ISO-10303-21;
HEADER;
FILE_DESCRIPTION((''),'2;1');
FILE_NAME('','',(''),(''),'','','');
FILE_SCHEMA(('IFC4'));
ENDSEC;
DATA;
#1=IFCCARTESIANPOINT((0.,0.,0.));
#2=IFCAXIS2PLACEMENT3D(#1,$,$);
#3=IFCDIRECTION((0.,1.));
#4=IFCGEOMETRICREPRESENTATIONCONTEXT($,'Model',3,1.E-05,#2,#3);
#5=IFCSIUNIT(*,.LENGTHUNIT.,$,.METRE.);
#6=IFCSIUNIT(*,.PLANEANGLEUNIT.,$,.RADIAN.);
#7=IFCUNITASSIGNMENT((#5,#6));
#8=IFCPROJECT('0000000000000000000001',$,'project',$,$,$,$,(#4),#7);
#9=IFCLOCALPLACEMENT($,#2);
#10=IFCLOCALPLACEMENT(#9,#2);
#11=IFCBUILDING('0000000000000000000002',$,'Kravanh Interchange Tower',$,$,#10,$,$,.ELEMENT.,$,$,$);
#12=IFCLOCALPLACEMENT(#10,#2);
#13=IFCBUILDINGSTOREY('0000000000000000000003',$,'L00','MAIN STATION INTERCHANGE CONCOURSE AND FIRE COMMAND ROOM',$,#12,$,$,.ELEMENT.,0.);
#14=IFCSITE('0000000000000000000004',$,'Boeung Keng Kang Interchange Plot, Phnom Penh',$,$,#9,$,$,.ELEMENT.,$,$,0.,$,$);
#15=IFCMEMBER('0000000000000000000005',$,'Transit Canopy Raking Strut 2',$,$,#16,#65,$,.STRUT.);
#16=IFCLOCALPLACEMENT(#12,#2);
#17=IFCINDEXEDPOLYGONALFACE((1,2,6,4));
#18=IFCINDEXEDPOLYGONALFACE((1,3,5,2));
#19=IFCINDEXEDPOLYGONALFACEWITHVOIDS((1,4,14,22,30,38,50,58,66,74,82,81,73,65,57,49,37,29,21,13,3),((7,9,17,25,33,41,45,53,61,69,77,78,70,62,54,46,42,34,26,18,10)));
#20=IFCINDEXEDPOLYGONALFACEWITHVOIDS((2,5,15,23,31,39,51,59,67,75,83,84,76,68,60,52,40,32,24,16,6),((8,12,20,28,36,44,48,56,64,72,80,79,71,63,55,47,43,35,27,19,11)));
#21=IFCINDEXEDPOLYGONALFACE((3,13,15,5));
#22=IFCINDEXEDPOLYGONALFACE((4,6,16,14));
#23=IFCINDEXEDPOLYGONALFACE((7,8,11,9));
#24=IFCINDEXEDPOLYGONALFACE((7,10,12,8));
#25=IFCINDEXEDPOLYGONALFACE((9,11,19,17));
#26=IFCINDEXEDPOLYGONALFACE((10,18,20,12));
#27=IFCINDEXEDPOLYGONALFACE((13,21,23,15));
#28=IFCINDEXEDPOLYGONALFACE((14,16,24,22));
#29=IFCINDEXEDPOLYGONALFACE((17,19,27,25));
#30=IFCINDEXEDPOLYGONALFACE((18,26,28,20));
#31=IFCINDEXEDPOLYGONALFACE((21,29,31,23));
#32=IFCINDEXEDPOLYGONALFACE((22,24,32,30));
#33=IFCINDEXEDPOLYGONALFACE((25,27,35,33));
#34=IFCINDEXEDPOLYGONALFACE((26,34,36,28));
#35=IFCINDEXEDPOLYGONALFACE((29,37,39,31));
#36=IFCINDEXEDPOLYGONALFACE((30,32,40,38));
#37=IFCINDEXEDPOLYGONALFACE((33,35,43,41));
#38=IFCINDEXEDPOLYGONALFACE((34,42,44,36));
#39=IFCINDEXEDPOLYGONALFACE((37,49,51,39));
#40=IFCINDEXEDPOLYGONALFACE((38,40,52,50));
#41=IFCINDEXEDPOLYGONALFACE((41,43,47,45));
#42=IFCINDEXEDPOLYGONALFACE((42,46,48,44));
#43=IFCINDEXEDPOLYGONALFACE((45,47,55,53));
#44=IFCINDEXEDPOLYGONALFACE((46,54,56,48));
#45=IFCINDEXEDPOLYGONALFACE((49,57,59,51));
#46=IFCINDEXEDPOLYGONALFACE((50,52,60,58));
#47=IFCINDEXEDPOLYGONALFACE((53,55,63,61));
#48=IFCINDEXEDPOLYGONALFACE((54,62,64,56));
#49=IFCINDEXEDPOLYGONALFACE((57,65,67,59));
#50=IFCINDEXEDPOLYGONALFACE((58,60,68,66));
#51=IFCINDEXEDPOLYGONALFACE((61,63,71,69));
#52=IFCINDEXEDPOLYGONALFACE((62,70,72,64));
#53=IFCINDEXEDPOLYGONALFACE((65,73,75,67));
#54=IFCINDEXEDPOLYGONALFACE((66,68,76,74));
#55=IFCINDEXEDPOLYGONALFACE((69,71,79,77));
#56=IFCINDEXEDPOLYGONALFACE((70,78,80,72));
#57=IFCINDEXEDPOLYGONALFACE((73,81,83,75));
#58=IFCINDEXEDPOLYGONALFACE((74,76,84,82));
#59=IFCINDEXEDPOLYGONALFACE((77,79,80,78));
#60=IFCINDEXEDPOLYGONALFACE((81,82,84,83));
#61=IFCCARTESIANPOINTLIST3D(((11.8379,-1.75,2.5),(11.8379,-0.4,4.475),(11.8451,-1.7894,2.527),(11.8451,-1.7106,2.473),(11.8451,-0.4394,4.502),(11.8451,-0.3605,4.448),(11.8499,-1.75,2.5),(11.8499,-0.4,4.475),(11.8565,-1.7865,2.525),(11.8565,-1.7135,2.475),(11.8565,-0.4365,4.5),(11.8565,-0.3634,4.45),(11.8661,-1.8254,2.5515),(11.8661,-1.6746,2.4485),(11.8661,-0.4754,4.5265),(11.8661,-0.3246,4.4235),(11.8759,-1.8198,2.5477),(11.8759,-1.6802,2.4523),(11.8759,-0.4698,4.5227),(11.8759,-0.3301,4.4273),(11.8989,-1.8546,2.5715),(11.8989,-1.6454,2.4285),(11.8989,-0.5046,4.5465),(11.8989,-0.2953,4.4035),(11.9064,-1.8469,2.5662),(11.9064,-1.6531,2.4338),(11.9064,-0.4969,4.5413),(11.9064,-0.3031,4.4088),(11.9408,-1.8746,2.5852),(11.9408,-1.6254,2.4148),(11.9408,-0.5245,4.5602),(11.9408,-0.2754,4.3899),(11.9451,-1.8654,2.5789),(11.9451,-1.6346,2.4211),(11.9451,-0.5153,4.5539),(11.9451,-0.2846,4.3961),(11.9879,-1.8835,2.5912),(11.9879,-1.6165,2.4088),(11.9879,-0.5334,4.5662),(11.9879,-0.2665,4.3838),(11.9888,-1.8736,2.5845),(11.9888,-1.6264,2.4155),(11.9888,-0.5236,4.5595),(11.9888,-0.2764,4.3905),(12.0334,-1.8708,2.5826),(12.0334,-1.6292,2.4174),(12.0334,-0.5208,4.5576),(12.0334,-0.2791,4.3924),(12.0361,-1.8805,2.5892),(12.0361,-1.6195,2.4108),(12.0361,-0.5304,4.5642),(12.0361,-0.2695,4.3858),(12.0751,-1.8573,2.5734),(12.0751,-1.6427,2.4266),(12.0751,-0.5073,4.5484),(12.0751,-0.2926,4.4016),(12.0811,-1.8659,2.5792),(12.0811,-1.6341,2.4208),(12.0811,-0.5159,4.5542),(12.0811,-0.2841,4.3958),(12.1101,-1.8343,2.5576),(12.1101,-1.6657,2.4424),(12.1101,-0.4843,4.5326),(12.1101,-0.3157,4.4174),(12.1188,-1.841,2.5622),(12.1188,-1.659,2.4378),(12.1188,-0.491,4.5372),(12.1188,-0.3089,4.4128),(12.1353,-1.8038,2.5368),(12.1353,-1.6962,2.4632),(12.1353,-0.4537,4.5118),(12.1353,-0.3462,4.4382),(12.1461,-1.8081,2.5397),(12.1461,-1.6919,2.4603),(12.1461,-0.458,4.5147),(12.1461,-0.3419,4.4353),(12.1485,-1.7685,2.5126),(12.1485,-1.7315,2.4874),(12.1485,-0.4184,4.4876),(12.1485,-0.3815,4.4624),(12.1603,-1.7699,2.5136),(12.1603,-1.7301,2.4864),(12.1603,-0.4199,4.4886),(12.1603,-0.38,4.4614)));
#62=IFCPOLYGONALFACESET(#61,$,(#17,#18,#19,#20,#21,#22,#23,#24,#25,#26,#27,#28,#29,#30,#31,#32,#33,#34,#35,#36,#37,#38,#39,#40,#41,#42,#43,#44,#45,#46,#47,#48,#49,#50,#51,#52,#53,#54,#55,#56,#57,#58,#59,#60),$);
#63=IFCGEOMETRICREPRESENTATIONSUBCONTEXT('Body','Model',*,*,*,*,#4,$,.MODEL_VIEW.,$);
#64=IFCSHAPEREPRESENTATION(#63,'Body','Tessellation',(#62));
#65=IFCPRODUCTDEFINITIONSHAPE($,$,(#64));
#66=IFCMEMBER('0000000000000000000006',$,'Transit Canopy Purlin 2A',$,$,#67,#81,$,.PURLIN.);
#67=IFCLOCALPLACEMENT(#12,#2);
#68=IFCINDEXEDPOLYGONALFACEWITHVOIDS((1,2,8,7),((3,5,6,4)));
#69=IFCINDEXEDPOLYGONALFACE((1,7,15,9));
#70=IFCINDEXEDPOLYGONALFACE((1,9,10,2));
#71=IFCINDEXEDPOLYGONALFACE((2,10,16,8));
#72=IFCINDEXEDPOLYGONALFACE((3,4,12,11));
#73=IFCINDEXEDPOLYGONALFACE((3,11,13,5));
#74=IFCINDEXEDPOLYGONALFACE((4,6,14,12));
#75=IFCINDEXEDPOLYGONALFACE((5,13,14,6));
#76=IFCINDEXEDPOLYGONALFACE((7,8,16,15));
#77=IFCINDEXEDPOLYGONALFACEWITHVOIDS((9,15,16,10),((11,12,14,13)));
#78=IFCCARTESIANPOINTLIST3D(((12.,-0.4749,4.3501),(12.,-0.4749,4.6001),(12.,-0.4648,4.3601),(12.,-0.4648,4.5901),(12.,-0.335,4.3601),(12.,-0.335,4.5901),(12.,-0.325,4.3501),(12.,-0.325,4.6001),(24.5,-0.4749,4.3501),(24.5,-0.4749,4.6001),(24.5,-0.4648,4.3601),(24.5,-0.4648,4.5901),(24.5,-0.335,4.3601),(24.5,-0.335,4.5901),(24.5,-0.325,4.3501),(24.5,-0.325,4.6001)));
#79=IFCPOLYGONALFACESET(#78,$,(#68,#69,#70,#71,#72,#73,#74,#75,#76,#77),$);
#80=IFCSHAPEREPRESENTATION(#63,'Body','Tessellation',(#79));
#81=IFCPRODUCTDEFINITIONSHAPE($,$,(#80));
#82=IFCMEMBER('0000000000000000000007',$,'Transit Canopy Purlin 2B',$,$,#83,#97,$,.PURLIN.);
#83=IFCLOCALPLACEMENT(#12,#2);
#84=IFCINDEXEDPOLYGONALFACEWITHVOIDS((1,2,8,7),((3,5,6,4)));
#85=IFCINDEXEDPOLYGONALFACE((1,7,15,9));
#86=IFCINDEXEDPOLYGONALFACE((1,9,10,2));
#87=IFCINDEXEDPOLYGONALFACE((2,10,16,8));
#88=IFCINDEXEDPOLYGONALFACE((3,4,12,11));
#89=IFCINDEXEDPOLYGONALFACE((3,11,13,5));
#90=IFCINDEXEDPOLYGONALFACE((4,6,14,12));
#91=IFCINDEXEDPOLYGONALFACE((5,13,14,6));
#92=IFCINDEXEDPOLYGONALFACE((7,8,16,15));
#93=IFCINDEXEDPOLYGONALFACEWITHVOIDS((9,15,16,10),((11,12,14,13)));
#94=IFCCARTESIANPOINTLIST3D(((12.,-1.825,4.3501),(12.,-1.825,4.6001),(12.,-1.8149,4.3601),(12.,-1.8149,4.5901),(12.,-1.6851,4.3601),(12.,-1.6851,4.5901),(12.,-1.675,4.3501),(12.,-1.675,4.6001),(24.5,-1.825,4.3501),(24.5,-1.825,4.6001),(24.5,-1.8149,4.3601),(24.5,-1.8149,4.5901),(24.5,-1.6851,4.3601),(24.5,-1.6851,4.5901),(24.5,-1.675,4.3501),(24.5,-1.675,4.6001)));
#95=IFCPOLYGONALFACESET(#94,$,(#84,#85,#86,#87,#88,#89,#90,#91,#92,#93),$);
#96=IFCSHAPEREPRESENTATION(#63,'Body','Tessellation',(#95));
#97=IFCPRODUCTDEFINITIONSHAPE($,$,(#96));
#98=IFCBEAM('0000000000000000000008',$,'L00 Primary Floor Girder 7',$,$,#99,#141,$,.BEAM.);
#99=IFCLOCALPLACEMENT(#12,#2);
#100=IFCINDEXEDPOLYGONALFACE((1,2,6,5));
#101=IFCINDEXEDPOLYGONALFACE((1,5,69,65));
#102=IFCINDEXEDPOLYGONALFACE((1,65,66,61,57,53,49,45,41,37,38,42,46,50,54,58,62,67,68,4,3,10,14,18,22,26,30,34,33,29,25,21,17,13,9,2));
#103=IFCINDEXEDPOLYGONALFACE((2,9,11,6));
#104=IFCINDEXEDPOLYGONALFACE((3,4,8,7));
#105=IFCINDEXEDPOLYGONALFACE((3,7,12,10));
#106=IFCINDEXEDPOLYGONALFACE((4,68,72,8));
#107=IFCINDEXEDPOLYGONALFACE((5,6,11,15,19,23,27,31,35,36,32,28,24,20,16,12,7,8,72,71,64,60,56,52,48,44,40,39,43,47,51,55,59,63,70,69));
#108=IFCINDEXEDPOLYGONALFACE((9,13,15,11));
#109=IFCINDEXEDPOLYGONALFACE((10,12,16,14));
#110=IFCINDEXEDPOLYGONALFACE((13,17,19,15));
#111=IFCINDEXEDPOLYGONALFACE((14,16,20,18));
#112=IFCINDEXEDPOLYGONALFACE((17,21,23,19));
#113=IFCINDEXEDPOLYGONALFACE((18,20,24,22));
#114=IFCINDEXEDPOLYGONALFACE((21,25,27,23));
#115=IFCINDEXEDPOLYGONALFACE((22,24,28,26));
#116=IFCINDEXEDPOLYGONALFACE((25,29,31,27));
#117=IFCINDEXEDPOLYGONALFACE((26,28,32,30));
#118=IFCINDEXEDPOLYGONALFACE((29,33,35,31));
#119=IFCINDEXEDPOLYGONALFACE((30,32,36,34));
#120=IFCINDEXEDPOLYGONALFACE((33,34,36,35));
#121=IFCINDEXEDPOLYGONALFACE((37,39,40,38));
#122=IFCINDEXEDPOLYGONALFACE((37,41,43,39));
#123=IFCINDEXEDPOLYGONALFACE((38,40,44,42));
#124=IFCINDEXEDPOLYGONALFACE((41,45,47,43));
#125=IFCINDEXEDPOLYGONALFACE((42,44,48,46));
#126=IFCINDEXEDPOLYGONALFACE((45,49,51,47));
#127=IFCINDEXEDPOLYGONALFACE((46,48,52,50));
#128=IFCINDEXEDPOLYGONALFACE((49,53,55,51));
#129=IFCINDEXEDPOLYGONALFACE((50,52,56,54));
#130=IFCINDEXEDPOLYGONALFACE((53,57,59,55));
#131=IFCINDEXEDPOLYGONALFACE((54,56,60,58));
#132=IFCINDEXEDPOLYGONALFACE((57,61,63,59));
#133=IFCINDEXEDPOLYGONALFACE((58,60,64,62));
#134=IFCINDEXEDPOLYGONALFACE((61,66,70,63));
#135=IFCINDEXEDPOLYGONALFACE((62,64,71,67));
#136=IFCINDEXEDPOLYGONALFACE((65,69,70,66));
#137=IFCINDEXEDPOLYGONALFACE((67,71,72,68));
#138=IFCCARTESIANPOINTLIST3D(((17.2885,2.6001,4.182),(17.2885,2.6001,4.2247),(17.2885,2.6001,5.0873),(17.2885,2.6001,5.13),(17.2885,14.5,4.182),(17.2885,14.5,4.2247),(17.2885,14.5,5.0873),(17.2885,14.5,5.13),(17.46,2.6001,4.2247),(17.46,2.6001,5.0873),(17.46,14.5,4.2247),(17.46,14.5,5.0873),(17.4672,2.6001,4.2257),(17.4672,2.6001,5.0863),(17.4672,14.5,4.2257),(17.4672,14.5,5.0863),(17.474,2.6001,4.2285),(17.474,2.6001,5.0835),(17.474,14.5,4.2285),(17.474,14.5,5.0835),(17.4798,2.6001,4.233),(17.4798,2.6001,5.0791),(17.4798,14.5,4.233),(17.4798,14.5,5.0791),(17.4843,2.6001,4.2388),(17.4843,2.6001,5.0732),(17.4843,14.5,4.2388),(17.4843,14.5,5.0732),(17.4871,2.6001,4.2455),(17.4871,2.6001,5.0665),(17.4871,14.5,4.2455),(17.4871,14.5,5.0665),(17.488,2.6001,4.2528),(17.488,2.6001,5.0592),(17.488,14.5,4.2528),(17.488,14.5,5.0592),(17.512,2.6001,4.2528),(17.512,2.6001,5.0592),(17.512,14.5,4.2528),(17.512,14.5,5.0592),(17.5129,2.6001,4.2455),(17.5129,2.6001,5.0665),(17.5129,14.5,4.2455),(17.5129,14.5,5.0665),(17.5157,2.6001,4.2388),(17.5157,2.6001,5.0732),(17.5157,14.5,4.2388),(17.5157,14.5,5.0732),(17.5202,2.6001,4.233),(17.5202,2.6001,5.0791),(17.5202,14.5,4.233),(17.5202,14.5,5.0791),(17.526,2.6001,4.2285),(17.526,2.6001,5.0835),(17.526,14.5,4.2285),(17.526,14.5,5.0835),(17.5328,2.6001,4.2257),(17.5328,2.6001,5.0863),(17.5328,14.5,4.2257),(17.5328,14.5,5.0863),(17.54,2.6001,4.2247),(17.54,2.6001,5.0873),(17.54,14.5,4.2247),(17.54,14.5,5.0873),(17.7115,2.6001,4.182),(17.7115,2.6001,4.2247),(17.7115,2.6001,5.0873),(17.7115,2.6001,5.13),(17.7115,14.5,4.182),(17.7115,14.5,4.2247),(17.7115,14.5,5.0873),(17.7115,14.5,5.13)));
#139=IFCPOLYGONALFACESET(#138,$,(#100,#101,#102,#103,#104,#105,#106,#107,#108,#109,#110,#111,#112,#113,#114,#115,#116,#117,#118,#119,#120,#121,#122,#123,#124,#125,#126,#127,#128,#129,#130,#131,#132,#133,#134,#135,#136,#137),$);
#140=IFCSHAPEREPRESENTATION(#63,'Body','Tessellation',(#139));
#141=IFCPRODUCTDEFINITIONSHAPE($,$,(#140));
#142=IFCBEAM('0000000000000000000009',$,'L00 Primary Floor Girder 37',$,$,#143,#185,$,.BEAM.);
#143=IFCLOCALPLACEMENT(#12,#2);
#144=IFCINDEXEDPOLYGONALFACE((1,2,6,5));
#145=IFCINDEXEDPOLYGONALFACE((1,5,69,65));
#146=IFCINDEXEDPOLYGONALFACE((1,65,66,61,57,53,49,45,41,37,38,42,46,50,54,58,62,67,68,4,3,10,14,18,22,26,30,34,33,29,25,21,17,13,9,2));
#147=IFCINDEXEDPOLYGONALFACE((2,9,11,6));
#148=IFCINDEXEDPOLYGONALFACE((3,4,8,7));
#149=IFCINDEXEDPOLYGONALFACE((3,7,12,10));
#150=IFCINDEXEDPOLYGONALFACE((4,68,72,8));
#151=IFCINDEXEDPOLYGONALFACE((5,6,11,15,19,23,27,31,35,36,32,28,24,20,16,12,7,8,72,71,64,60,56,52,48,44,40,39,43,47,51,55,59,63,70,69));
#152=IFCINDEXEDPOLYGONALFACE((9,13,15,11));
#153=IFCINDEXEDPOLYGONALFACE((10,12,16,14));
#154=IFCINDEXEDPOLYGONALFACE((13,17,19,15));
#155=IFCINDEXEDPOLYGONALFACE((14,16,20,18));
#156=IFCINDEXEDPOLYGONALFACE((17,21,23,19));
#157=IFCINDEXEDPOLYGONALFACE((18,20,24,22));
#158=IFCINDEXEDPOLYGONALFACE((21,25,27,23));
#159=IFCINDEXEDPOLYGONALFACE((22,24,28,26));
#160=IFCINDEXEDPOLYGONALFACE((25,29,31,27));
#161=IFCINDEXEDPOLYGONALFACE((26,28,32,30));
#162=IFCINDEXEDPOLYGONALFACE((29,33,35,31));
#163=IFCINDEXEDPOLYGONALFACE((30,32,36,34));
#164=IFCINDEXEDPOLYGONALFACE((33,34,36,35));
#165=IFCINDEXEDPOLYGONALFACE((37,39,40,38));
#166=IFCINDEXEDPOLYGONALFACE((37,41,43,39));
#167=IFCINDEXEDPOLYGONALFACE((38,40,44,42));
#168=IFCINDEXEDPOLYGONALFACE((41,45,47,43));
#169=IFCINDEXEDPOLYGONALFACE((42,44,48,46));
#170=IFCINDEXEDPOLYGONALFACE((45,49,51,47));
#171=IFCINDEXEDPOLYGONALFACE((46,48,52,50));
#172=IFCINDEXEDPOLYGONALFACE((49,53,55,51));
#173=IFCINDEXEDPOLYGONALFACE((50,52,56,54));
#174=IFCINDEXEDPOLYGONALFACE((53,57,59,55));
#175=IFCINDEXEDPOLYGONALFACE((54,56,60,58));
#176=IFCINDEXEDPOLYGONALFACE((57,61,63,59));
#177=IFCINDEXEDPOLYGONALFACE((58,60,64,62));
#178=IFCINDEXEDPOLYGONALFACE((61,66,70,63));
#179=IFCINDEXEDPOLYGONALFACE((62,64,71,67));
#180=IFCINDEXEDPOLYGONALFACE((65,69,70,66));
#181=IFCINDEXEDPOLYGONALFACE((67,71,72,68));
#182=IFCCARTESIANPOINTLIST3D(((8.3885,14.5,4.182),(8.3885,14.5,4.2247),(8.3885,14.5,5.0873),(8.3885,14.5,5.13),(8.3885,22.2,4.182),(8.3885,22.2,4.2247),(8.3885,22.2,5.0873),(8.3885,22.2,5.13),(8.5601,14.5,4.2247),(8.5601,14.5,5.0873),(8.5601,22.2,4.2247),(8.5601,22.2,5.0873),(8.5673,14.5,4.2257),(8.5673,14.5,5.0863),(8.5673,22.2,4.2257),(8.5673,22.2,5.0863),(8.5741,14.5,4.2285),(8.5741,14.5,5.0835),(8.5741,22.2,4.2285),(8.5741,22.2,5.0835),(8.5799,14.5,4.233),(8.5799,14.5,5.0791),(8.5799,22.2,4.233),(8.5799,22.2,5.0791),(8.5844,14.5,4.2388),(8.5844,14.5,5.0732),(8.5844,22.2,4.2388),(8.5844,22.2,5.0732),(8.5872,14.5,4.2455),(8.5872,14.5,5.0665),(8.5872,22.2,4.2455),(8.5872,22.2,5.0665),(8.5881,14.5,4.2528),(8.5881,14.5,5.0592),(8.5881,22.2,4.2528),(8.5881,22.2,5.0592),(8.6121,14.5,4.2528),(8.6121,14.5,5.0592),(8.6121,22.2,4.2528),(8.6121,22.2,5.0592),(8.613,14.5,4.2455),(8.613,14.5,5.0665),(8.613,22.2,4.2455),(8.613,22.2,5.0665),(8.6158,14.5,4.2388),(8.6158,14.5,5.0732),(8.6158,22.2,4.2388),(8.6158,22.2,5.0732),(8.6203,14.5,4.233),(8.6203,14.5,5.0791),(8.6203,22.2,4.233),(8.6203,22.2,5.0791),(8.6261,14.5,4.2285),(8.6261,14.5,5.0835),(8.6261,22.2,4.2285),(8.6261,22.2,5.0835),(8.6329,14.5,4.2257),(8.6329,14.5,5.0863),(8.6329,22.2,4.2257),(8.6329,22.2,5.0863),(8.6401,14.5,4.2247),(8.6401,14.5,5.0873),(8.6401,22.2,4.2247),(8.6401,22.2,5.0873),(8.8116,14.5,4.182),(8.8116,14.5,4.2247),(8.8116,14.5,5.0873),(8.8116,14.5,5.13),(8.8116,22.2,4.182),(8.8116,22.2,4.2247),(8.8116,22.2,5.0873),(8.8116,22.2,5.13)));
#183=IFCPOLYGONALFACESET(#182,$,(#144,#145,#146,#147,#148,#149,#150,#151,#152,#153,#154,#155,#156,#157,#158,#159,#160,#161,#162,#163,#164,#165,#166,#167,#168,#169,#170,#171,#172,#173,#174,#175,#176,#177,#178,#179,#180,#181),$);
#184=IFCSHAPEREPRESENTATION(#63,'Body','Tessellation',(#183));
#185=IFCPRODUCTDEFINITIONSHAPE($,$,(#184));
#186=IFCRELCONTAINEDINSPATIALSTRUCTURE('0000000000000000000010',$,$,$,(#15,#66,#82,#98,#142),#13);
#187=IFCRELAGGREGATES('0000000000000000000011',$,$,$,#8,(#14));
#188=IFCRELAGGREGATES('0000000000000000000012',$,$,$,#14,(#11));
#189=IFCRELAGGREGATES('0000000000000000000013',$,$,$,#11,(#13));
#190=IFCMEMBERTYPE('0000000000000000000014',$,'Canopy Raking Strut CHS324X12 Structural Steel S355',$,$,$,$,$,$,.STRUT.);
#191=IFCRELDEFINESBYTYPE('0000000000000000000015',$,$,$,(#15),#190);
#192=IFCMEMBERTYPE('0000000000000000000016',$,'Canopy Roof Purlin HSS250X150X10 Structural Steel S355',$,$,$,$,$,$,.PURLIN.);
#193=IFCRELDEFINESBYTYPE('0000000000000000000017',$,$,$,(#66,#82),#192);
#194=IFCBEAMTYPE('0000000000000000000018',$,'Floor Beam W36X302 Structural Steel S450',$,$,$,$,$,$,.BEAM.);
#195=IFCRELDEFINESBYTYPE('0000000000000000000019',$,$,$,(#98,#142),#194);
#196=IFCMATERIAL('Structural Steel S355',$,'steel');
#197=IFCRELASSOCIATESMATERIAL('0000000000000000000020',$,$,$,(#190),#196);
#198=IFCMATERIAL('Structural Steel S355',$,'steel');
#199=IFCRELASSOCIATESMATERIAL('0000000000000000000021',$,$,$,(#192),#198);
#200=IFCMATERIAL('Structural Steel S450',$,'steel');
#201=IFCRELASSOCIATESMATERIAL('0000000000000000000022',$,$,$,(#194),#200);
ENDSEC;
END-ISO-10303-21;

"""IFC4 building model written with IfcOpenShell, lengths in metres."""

from ifc_helpers import new_model, si_unit, direction, frame, origin, origin_2d, place, context, subcontext, project, spatial, hollow_rectangle, hollow_circle, i_section, extrude, material, material_profile, profile_set, type_object, element, save


model = new_model("IFC4")

# Units and contexts
model_context = context("Model", 3, precision=1e-05, world=origin(), true_north=direction((0.0, 1.0)))
body_context = subcontext(model_context, "Body", "Model", "MODEL_VIEW")
ifc_project = project(units=[si_unit("LENGTHUNIT", "METRE"), si_unit("PLANEANGLEUNIT", "RADIAN")], contexts=[model_context])

# Site, building, storey
site_placement = place(None, origin())
site = spatial("IfcSite", under=ifc_project, at=site_placement, Name="Boeung Keng Kang Interchange Plot, Phnom Penh", CompositionType="ELEMENT", RefElevation=0.0)
building_placement = place(site_placement, origin())
building = spatial("IfcBuilding", under=site, at=building_placement, Name="Kravanh Interchange Tower", CompositionType="ELEMENT")
storey_placement = place(building_placement, origin())
storey = spatial("IfcBuildingStorey", under=building, at=storey_placement, Name="L00", Description="MAIN STATION INTERCHANGE CONCOURSE AND FIRE COMMAND ROOM", CompositionType="ELEMENT", Elevation=0.0)

# Members
ifc_material_1 = material(Name="Structural Steel S355", Category="steel")
ifc_material_profile_1 = material_profile(ifc_material_1, hollow_circle(Radius=0.1621, WallThickness=0.012, at=origin_2d()), Name="CHS324X12")
ifc_profile_set_1 = profile_set([ifc_material_profile_1], Name="Structural Steel S355")
member_type_1 = type_object("IfcMemberType", Name="Canopy Raking Strut CHS324X12 Structural Steel S355", PredefinedType="STRUT", material=ifc_profile_set_1)
member_placement = place(storey_placement, frame((12.0, -1.75, 2.5), z_axis=(0.0, 0.564318, 0.825557), x_axis=(-1.0, 0.0, 0.0)))
element("IfcMember", 1, at=member_placement, inside=storey, type_object=member_type_1, Name="Transit Canopy Raking Strut 2", PredefinedType="STRUT", context=body_context, shape_type="SweptSolid", body=[
    extrude(hollow_circle(Radius=0.1621, WallThickness=0.012, at=origin_2d()), origin(), (0.0, 0.0, 1.0), 2.3923),
])
ifc_material_2 = material(Name="Structural Steel S355", Category="steel")
ifc_material_profile_2 = material_profile(ifc_material_2, hollow_rectangle(XDim=0.1499, YDim=0.25, WallThickness=0.01, at=origin_2d()), Name="HSS250X150X10")
ifc_profile_set_2 = profile_set([ifc_material_profile_2], Name="Structural Steel S355")
member_type_2 = type_object("IfcMemberType", Name="Canopy Roof Purlin HSS250X150X10 Structural Steel S355", PredefinedType="PURLIN", material=ifc_profile_set_2)
for number, where, z_axis, x_axis, name in (
    (2, (12.0, -0.3999, 4.4751), (1.0, 0.0, 0.0), (0.0, 1.0, 0.0), "Transit Canopy Purlin 2A"),
    (3, (12.0, -1.75, 4.4751), (1.0, 0.0, 0.0), (0.0, 1.0, 0.0), "Transit Canopy Purlin 2B"),
):
    element("IfcMember", number, at=place(storey_placement, frame(where, z_axis=z_axis, x_axis=x_axis)), inside=storey, type_object=member_type_2, Name=name, PredefinedType="PURLIN", context=body_context, shape_type="SweptSolid", body=[
        extrude(hollow_rectangle(XDim=0.1499, YDim=0.25, WallThickness=0.01, at=origin_2d()), origin(), (0.0, 0.0, 1.0), 12.5),
    ])

# Beams
ifc_material_3 = material(Name="Structural Steel S450", Category="steel")
ifc_material_profile_3 = material_profile(ifc_material_3, i_section(OverallWidth=0.4231, OverallDepth=0.948, WebThickness=0.0239, FlangeThickness=0.0427, FilletRadius=0.0281, at=origin_2d()), Name="W36X302")
ifc_profile_set_3 = profile_set([ifc_material_profile_3], Name="Structural Steel S450")
beam_type_1 = type_object("IfcBeamType", Name="Floor Beam W36X302 Structural Steel S450", PredefinedType="BEAM", material=ifc_profile_set_3)
beam_1_placement = place(storey_placement, frame((17.5, 2.6001, 4.656), z_axis=(0.0, 1.0, 0.0), x_axis=(-1.0, 0.0, 0.0)))
element("IfcBeam", 4, at=beam_1_placement, inside=storey, type_object=beam_type_1, Name="L00 Primary Floor Girder 7", PredefinedType="BEAM", context=body_context, shape_type="SweptSolid", body=[
    extrude(i_section(OverallWidth=0.4231, OverallDepth=0.948, WebThickness=0.0239, FlangeThickness=0.0427, FilletRadius=0.0281, at=origin_2d()), origin(), (0.0, 0.0, 1.0), 11.8999),
])
beam_2_placement = place(storey_placement, frame((8.6001, 14.5, 4.656), z_axis=(0.0, 1.0, 0.0), x_axis=(-1.0, 0.0, 0.0)))
element("IfcBeam", 5, at=beam_2_placement, inside=storey, type_object=beam_type_1, Name="L00 Primary Floor Girder 37", PredefinedType="BEAM", context=body_context, shape_type="SweptSolid", body=[
    extrude(i_section(OverallWidth=0.4231, OverallDepth=0.948, WebThickness=0.0239, FlangeThickness=0.0427, FilletRadius=0.0281, at=origin_2d()), origin(), (0.0, 0.0, 1.0), 7.7),
])

save(model, "model.ifc")
